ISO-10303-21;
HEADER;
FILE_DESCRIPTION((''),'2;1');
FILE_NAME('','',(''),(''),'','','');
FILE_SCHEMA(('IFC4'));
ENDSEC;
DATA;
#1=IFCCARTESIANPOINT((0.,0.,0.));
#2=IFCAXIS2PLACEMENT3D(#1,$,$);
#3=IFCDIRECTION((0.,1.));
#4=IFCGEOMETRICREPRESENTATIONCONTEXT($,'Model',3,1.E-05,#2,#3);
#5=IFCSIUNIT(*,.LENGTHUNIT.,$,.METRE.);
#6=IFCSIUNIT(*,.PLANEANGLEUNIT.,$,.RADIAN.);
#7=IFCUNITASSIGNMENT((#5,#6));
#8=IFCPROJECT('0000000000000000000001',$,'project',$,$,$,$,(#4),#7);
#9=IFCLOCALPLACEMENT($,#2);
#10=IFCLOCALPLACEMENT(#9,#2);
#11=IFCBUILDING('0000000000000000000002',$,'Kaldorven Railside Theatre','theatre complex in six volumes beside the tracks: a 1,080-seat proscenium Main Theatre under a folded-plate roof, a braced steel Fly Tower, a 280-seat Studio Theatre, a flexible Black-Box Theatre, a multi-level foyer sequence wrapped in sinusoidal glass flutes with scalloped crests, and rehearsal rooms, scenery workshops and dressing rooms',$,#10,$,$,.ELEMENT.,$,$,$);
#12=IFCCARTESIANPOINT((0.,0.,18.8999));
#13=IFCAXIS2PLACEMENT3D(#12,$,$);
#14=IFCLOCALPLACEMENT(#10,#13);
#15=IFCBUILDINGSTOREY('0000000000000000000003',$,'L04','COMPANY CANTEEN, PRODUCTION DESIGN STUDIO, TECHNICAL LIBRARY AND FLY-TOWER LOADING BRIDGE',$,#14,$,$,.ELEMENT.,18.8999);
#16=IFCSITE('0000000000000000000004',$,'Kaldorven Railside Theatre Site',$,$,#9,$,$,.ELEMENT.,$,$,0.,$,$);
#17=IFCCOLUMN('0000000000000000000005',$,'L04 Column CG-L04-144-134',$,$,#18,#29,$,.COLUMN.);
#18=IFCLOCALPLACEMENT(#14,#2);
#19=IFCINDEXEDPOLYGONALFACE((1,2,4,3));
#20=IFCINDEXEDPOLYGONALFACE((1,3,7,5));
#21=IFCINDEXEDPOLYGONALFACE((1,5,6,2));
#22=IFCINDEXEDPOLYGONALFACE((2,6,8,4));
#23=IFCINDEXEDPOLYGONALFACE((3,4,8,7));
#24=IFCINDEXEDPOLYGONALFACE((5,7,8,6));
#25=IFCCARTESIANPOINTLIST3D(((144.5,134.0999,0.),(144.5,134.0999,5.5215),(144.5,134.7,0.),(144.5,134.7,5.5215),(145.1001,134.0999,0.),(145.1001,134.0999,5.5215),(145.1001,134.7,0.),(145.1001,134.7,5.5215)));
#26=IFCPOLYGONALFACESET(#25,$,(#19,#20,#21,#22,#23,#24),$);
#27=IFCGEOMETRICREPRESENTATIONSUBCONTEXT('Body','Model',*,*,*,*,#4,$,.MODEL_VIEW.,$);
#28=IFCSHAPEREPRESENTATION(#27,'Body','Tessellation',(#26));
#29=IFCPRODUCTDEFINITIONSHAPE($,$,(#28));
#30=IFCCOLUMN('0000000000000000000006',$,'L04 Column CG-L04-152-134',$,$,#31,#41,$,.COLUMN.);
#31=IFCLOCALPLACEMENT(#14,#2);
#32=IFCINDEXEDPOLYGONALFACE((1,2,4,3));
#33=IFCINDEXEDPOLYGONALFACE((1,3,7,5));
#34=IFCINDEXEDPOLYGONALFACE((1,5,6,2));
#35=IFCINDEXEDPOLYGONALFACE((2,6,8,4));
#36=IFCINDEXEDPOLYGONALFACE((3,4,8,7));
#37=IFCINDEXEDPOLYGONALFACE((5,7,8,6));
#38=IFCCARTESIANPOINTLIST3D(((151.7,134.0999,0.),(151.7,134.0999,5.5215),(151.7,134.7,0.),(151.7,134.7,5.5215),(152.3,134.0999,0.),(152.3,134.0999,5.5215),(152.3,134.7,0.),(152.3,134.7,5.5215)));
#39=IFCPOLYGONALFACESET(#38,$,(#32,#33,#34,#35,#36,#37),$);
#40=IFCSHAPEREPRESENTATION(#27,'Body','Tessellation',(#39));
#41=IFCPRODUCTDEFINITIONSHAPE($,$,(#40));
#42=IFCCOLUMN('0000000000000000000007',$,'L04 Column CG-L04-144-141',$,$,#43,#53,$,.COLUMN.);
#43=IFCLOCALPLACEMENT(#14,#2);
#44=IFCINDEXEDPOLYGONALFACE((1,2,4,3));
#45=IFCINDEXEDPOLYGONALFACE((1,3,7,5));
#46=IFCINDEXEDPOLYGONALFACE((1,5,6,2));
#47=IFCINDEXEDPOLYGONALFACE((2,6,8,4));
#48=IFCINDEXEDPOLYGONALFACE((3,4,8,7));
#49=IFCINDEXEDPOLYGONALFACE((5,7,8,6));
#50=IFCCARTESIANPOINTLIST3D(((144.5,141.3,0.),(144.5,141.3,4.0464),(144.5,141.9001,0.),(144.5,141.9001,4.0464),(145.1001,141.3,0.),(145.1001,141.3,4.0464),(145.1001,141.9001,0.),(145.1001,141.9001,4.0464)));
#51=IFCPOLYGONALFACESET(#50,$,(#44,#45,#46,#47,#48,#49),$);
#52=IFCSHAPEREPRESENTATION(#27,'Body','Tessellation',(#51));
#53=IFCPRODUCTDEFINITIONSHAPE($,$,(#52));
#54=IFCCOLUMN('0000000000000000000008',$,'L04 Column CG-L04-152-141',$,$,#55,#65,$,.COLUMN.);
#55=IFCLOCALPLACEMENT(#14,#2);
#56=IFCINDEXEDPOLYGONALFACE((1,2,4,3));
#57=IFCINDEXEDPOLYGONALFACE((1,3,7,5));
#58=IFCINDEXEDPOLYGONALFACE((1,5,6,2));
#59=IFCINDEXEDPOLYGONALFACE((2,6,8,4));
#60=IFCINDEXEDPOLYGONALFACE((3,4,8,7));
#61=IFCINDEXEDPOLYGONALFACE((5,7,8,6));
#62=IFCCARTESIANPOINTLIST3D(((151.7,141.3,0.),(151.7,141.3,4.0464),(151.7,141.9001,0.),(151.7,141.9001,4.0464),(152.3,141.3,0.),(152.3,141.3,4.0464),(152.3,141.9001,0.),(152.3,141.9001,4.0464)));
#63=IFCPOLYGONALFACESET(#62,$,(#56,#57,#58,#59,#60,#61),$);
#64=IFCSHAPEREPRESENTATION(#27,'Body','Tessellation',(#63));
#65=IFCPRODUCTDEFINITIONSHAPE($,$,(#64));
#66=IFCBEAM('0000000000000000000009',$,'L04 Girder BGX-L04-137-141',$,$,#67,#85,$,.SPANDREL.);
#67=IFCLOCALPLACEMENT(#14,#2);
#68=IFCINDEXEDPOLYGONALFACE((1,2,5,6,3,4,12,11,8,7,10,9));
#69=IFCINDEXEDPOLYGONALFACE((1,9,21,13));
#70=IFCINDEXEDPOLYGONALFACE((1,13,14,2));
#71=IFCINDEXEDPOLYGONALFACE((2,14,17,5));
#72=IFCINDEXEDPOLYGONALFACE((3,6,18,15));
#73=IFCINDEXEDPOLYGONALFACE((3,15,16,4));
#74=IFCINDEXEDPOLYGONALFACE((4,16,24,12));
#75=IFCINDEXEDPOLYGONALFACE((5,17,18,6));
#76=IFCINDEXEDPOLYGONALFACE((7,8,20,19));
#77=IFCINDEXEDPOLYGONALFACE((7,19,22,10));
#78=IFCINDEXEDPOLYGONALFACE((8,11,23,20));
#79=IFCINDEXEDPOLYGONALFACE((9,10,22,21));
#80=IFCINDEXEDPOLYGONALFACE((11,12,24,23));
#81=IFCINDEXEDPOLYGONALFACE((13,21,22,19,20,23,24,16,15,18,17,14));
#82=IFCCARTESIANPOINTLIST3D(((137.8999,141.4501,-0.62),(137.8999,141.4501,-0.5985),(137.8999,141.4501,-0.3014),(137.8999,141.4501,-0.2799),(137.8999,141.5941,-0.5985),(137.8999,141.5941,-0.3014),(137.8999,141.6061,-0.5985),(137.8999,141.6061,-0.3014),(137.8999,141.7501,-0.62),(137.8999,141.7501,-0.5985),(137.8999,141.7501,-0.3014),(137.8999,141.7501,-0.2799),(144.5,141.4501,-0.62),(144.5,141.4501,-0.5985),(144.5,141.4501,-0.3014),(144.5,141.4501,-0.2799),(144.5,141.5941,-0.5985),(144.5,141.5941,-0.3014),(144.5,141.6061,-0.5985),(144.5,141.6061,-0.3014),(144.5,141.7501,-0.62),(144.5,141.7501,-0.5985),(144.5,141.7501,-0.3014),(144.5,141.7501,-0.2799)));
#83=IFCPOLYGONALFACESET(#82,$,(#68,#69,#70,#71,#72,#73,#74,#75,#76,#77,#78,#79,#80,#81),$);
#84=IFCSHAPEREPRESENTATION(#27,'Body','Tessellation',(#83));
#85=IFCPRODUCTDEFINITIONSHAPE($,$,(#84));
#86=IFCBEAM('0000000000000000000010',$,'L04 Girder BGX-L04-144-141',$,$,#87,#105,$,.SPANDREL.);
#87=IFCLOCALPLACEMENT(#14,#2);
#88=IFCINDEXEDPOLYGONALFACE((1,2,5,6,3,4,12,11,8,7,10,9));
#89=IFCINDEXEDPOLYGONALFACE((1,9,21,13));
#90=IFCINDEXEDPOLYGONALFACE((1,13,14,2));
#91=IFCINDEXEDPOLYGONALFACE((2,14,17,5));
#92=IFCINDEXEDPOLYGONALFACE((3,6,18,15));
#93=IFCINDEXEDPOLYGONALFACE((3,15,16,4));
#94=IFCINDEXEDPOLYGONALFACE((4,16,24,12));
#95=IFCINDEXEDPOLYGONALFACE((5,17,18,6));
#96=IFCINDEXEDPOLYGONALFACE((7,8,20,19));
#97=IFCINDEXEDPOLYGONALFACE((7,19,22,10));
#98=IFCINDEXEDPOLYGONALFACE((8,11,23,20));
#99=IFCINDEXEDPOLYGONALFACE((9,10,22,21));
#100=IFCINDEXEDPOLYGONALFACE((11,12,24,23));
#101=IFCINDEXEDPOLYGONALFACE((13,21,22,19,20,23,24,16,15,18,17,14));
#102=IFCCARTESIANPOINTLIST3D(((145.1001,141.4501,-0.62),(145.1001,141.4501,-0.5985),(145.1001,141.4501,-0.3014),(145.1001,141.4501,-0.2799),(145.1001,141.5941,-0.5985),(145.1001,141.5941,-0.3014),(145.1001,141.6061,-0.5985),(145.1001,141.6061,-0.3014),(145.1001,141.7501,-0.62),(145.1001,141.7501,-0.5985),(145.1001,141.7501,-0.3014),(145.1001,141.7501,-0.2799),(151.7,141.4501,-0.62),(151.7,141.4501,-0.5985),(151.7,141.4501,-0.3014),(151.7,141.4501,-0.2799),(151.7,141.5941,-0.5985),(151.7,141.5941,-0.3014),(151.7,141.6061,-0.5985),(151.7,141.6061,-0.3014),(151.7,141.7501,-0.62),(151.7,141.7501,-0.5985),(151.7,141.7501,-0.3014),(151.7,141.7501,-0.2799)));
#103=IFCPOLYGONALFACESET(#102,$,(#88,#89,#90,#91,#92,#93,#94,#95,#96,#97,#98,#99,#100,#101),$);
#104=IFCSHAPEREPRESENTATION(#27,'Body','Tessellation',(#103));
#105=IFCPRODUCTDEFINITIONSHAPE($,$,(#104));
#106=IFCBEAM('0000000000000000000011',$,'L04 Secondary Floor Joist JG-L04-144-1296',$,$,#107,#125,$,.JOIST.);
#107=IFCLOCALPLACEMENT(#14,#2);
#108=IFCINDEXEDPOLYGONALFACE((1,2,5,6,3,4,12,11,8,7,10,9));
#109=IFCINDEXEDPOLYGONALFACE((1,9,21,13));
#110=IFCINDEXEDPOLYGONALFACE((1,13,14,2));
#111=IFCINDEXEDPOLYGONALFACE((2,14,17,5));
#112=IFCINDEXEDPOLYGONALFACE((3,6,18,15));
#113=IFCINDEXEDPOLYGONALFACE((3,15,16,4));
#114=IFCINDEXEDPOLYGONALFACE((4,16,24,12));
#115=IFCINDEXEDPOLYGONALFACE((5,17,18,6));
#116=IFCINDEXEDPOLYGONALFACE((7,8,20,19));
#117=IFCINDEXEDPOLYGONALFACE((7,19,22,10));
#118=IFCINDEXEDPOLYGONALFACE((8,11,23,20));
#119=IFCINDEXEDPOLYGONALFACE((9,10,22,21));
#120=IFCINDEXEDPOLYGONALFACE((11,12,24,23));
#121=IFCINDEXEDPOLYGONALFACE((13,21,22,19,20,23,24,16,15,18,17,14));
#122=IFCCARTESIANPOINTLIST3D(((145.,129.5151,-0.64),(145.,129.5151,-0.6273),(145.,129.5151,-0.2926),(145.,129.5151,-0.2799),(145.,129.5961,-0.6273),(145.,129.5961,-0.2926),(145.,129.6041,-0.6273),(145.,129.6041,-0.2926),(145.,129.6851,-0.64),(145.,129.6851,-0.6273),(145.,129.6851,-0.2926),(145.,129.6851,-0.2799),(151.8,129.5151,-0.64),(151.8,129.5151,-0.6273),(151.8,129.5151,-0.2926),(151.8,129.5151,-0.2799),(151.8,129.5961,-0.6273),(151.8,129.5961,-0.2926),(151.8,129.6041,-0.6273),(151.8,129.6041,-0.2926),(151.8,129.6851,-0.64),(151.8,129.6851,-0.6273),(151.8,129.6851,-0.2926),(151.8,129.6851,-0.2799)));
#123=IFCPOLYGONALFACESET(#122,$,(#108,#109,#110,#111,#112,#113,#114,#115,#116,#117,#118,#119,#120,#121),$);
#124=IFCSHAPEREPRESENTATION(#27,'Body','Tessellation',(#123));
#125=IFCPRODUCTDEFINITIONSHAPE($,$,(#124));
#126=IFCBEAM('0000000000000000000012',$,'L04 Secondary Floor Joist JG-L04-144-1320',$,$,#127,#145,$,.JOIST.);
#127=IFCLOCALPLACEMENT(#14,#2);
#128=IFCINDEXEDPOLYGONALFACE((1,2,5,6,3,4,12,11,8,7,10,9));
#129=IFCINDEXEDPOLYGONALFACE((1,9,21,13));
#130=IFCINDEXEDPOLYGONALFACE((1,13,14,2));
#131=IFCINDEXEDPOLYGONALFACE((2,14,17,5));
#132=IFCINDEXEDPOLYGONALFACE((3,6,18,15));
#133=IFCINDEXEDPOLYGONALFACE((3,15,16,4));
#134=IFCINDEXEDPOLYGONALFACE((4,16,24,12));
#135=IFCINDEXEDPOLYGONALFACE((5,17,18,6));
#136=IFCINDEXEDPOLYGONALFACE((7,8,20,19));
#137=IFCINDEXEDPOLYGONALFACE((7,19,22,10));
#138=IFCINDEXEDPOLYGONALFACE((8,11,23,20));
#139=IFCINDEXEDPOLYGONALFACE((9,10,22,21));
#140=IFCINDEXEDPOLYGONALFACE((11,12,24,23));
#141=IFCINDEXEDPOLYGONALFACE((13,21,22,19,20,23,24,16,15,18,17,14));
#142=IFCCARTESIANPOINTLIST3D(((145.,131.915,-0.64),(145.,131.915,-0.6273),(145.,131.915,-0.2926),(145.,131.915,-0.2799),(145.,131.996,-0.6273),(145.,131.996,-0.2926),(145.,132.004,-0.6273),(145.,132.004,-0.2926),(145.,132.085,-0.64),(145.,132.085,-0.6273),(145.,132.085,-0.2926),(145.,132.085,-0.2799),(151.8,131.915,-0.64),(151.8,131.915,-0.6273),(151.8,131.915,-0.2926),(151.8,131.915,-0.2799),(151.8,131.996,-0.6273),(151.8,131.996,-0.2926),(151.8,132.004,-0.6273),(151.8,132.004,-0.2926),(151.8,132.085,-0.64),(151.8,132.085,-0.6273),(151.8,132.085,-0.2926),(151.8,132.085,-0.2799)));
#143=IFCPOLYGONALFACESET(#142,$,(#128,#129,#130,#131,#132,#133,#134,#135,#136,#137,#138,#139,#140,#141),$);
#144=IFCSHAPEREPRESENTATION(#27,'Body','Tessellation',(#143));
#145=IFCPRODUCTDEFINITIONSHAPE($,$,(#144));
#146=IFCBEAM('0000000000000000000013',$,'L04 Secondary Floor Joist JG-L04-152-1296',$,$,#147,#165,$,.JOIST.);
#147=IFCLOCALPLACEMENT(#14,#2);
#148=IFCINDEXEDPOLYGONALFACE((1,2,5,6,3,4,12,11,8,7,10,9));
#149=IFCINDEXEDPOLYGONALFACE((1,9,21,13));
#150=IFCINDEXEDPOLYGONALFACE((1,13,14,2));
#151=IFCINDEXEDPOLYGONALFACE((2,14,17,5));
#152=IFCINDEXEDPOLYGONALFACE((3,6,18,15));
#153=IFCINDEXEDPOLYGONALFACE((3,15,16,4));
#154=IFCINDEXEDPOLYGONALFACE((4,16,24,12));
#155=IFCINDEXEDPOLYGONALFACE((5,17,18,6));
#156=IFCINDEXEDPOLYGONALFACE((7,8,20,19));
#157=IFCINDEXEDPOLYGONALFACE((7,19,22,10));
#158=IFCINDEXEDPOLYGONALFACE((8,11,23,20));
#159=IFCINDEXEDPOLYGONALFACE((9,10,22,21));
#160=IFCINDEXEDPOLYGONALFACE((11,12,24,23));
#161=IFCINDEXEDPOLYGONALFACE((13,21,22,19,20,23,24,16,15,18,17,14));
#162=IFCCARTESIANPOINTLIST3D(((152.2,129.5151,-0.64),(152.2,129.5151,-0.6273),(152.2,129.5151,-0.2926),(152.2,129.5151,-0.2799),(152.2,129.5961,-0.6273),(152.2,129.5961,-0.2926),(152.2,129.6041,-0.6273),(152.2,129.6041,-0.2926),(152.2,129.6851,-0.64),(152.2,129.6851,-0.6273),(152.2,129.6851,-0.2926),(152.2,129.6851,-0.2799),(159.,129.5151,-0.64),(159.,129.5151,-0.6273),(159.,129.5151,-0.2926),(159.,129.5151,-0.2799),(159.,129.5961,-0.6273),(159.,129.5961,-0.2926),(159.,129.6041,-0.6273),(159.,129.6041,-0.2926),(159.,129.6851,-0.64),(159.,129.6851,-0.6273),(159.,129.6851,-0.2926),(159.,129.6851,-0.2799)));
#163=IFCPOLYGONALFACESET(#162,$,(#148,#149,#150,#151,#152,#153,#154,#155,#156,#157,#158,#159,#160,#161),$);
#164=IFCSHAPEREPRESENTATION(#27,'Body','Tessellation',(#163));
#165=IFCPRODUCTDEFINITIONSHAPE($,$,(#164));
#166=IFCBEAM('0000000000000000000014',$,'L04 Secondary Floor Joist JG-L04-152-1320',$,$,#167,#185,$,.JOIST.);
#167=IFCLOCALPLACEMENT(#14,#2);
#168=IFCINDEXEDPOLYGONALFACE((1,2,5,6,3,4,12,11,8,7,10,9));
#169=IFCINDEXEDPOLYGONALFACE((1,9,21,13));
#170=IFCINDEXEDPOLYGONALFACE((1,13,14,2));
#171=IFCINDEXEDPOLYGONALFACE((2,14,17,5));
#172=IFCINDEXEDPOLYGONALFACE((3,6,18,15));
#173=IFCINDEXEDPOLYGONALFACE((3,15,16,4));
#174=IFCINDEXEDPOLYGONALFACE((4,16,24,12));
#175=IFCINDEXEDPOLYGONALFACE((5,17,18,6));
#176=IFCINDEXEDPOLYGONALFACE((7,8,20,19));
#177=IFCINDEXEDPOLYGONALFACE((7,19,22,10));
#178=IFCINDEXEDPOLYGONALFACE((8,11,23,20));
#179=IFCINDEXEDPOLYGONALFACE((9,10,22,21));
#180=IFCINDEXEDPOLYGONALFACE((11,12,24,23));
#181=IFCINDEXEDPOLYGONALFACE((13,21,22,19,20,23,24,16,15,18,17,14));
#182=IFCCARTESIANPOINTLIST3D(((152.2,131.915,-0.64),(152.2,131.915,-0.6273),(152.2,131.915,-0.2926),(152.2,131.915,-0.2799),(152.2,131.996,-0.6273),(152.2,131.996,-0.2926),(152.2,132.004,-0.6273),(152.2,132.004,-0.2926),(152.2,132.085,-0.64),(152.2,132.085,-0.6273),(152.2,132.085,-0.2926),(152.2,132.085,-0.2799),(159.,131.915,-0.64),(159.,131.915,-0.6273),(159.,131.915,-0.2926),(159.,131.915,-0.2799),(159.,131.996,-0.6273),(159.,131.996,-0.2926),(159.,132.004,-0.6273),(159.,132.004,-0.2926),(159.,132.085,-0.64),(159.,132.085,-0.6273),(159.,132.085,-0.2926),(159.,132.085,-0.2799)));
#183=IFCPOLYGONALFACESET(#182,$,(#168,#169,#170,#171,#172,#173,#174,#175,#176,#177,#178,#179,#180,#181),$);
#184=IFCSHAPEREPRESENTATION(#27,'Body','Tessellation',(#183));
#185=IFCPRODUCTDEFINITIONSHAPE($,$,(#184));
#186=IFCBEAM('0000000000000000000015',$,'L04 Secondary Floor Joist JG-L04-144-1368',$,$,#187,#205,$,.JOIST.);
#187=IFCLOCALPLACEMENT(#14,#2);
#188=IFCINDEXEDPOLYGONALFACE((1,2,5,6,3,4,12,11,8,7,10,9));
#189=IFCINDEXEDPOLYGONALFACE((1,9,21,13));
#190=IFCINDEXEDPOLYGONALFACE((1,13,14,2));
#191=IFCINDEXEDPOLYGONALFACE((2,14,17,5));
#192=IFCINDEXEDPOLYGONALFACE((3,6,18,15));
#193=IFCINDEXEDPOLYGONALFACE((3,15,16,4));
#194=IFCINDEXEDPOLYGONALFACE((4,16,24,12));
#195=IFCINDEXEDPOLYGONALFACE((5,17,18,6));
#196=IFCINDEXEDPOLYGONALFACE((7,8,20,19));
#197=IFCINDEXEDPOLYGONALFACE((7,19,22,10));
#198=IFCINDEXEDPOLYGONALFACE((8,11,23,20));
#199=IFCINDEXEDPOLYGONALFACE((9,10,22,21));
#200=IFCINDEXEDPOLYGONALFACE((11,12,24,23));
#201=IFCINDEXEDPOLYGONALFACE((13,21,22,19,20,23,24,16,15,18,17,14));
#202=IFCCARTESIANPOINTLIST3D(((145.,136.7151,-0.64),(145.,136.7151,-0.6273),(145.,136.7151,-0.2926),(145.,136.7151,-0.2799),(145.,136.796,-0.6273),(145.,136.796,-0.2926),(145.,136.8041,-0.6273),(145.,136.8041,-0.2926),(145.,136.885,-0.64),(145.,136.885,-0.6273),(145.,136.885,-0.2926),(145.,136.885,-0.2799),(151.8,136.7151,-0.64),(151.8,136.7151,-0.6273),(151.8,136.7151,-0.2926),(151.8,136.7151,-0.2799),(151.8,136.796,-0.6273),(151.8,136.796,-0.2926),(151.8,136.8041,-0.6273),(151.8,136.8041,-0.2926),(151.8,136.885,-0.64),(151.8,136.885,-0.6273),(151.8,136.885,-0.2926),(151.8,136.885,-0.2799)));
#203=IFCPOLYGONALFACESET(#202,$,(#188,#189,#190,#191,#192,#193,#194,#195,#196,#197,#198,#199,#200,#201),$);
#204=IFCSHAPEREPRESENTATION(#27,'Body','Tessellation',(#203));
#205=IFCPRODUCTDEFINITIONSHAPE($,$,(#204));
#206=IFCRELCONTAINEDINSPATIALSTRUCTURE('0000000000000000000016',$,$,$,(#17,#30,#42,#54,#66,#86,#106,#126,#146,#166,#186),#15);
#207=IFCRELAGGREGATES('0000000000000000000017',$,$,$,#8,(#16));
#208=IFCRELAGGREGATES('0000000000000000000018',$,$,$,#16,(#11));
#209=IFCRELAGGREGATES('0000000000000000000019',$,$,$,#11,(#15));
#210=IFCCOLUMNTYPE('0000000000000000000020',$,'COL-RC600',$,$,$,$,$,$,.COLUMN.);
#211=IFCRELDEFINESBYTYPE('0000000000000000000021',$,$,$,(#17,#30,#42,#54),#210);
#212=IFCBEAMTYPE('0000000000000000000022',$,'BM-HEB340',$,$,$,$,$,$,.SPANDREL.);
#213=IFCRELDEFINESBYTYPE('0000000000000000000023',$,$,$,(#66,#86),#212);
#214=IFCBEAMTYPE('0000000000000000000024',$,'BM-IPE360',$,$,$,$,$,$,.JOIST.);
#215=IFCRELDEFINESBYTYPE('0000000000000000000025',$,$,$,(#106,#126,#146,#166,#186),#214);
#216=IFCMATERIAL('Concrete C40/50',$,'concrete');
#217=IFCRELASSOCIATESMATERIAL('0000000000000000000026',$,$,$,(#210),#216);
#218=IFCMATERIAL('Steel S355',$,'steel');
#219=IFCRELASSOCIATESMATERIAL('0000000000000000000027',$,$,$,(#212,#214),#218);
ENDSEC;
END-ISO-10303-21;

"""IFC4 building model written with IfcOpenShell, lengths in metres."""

from ifc_helpers import new_model, si_unit, direction, frame, origin, origin_2d, place, context, subcontext, project, spatial, rectangle, i_section, extrude, material, material_profile, profile_set, type_object, element, save


model = new_model("IFC4")

# Units and contexts
model_context = context("Model", 3, precision=1e-05, world=origin(), true_north=direction((0.0, 1.0)))
body_context = subcontext(model_context, "Body", "Model", "MODEL_VIEW")
ifc_project = project(units=[si_unit("LENGTHUNIT", "METRE"), si_unit("PLANEANGLEUNIT", "RADIAN")], contexts=[model_context])

# Site, building, storey
site_placement = place(None, origin())
site = spatial("IfcSite", under=ifc_project, at=site_placement, Name="Kaldorven Railside Theatre Site", CompositionType="ELEMENT", RefElevation=0.0)
building_placement = place(site_placement, origin())
building = spatial("IfcBuilding", under=site, at=building_placement, Name="Kaldorven Railside Theatre", Description="theatre complex in six volumes beside the tracks: a 1,080-seat proscenium Main Theatre under a folded-plate roof, a braced steel Fly Tower, a 280-seat Studio Theatre, a flexible Black-Box Theatre, a multi-level foyer sequence wrapped in sinusoidal glass flutes with scalloped crests, and rehearsal rooms, scenery workshops and dressing rooms", CompositionType="ELEMENT")
storey_placement = place(building_placement, frame((0.0, 0.0, 18.8999)))
storey = spatial("IfcBuildingStorey", under=building, at=storey_placement, Name="L04", Description="COMPANY CANTEEN, PRODUCTION DESIGN STUDIO, TECHNICAL LIBRARY AND FLY-TOWER LOADING BRIDGE", CompositionType="ELEMENT", Elevation=18.8999)

# Columns
ifc_material_1 = material(Name="Concrete C40/50", Category="concrete")
ifc_material_profile_1 = material_profile(ifc_material_1, rectangle(XDim=0.6001, YDim=0.6001, at=origin_2d()), Name="RC 600x600")
ifc_profile_set_1 = profile_set([ifc_material_profile_1], Name="Concrete C40/50")
column_type = type_object("IfcColumnType", Name="COL-RC600", PredefinedType="COLUMN", material=ifc_profile_set_1)
for number, where, z_axis, x_axis, name in (
    (1, (144.8, 134.3999, 0.0), (0.0, 0.0, 1.0), (0.0, 1.0, 0.0), "L04 Column CG-L04-144-134"),
    (2, (152.0, 134.3999, 0.0), (0.0, 0.0, 1.0), (1.0, 0.0, 0.0), "L04 Column CG-L04-152-134"),
):
    element("IfcColumn", number, at=place(storey_placement, frame(where, z_axis=z_axis, x_axis=x_axis)), inside=storey, type_object=column_type, Name=name, PredefinedType="COLUMN", context=body_context, shape_type="SweptSolid", body=[
        extrude(rectangle(XDim=0.6001, YDim=0.6001, at=origin_2d()), origin(), (0.0, 0.0, 1.0), 5.5215),
    ])
for number, where, z_axis, x_axis, name in (
    (3, (144.8, 141.6001, 0.0), (0.0, 0.0, 1.0), (1.0, 0.0, 0.0), "L04 Column CG-L04-144-141"),
    (4, (152.0, 141.6001, 0.0), (0.0, 0.0, 1.0), (0.0, 1.0, 0.0), "L04 Column CG-L04-152-141"),
):
    element("IfcColumn", number, at=place(storey_placement, frame(where, z_axis=z_axis, x_axis=x_axis)), inside=storey, type_object=column_type, Name=name, PredefinedType="COLUMN", context=body_context, shape_type="SweptSolid", body=[
        extrude(rectangle(XDim=0.6001, YDim=0.6001, at=origin_2d()), origin(), (0.0, 0.0, 1.0), 4.0464),
    ])

# Beams
ifc_material_2 = material(Name="Steel S355", Category="steel")
ifc_material_profile_2 = material_profile(ifc_material_2, i_section(OverallWidth=0.3, OverallDepth=0.3401, WebThickness=0.012, FlangeThickness=0.0215, at=origin_2d()), Name="HEB 340")
ifc_profile_set_2 = profile_set([ifc_material_profile_2], Name="Steel S355")
beam_type_1 = type_object("IfcBeamType", Name="BM-HEB340", PredefinedType="SPANDREL", material=ifc_profile_set_2)
beam_1_placement = place(storey_placement, frame((137.8999, 141.6001, -0.45), z_axis=(1.0, 0.0, 0.0), x_axis=(0.0, 1.0, 0.0)))
element("IfcBeam", 5, at=beam_1_placement, inside=storey, type_object=beam_type_1, Name="L04 Girder BGX-L04-137-141", PredefinedType="SPANDREL", context=body_context, shape_type="SweptSolid", body=[
    extrude(i_section(OverallWidth=0.3, OverallDepth=0.3401, WebThickness=0.012, FlangeThickness=0.0215, at=origin_2d()), origin(), (0.0, 0.0, 1.0), 6.6001),
])
beam_2_placement = place(storey_placement, frame((145.1001, 141.6001, -0.45), z_axis=(1.0, 0.0, 0.0), x_axis=(0.0, 1.0, 0.0)))
element("IfcBeam", 6, at=beam_2_placement, inside=storey, type_object=beam_type_1, Name="L04 Girder BGX-L04-144-141", PredefinedType="SPANDREL", context=body_context, shape_type="SweptSolid", body=[
    extrude(i_section(OverallWidth=0.3, OverallDepth=0.3401, WebThickness=0.012, FlangeThickness=0.0215, at=origin_2d()), origin(), (0.0, 0.0, 1.0), 6.5999),
])
ifc_material_profile_3 = material_profile(ifc_material_2, i_section(OverallWidth=0.1699, OverallDepth=0.3601, WebThickness=0.0081, FlangeThickness=0.0127, at=origin_2d()), Name="IPE 360")
ifc_profile_set_3 = profile_set([ifc_material_profile_3], Name="Steel S355")
beam_type_2 = type_object("IfcBeamType", Name="BM-IPE360", PredefinedType="JOIST", material=ifc_profile_set_3)
for number, where, z_axis, x_axis, name in (
    (7, (145.0, 129.6001, -0.46), (1.0, 0.0, 0.0), (0.0, 1.0, 0.0), "L04 Secondary Floor Joist JG-L04-144-1296"),
    (8, (145.0, 132.0, -0.46), (1.0, 0.0, 0.0), (0.0, 1.0, 0.0), "L04 Secondary Floor Joist JG-L04-144-1320"),
    (9, (152.2, 129.6001, -0.46), (1.0, 0.0, 0.0), (0.0, 1.0, 0.0), "L04 Secondary Floor Joist JG-L04-152-1296"),
    (10, (152.2, 132.0, -0.46), (1.0, 0.0, 0.0), (0.0, 1.0, 0.0), "L04 Secondary Floor Joist JG-L04-152-1320"),
    (11, (145.0, 136.8, -0.46), (1.0, 0.0, 0.0), (0.0, 1.0, 0.0), "L04 Secondary Floor Joist JG-L04-144-1368"),
):
    element("IfcBeam", number, at=place(storey_placement, frame(where, z_axis=z_axis, x_axis=x_axis)), inside=storey, type_object=beam_type_2, Name=name, PredefinedType="JOIST", context=body_context, shape_type="SweptSolid", body=[
        extrude(i_section(OverallWidth=0.1699, OverallDepth=0.3601, WebThickness=0.0081, FlangeThickness=0.0127, at=origin_2d()), origin(), (0.0, 0.0, 1.0), 6.8),
    ])

save(model, "model.ifc")
